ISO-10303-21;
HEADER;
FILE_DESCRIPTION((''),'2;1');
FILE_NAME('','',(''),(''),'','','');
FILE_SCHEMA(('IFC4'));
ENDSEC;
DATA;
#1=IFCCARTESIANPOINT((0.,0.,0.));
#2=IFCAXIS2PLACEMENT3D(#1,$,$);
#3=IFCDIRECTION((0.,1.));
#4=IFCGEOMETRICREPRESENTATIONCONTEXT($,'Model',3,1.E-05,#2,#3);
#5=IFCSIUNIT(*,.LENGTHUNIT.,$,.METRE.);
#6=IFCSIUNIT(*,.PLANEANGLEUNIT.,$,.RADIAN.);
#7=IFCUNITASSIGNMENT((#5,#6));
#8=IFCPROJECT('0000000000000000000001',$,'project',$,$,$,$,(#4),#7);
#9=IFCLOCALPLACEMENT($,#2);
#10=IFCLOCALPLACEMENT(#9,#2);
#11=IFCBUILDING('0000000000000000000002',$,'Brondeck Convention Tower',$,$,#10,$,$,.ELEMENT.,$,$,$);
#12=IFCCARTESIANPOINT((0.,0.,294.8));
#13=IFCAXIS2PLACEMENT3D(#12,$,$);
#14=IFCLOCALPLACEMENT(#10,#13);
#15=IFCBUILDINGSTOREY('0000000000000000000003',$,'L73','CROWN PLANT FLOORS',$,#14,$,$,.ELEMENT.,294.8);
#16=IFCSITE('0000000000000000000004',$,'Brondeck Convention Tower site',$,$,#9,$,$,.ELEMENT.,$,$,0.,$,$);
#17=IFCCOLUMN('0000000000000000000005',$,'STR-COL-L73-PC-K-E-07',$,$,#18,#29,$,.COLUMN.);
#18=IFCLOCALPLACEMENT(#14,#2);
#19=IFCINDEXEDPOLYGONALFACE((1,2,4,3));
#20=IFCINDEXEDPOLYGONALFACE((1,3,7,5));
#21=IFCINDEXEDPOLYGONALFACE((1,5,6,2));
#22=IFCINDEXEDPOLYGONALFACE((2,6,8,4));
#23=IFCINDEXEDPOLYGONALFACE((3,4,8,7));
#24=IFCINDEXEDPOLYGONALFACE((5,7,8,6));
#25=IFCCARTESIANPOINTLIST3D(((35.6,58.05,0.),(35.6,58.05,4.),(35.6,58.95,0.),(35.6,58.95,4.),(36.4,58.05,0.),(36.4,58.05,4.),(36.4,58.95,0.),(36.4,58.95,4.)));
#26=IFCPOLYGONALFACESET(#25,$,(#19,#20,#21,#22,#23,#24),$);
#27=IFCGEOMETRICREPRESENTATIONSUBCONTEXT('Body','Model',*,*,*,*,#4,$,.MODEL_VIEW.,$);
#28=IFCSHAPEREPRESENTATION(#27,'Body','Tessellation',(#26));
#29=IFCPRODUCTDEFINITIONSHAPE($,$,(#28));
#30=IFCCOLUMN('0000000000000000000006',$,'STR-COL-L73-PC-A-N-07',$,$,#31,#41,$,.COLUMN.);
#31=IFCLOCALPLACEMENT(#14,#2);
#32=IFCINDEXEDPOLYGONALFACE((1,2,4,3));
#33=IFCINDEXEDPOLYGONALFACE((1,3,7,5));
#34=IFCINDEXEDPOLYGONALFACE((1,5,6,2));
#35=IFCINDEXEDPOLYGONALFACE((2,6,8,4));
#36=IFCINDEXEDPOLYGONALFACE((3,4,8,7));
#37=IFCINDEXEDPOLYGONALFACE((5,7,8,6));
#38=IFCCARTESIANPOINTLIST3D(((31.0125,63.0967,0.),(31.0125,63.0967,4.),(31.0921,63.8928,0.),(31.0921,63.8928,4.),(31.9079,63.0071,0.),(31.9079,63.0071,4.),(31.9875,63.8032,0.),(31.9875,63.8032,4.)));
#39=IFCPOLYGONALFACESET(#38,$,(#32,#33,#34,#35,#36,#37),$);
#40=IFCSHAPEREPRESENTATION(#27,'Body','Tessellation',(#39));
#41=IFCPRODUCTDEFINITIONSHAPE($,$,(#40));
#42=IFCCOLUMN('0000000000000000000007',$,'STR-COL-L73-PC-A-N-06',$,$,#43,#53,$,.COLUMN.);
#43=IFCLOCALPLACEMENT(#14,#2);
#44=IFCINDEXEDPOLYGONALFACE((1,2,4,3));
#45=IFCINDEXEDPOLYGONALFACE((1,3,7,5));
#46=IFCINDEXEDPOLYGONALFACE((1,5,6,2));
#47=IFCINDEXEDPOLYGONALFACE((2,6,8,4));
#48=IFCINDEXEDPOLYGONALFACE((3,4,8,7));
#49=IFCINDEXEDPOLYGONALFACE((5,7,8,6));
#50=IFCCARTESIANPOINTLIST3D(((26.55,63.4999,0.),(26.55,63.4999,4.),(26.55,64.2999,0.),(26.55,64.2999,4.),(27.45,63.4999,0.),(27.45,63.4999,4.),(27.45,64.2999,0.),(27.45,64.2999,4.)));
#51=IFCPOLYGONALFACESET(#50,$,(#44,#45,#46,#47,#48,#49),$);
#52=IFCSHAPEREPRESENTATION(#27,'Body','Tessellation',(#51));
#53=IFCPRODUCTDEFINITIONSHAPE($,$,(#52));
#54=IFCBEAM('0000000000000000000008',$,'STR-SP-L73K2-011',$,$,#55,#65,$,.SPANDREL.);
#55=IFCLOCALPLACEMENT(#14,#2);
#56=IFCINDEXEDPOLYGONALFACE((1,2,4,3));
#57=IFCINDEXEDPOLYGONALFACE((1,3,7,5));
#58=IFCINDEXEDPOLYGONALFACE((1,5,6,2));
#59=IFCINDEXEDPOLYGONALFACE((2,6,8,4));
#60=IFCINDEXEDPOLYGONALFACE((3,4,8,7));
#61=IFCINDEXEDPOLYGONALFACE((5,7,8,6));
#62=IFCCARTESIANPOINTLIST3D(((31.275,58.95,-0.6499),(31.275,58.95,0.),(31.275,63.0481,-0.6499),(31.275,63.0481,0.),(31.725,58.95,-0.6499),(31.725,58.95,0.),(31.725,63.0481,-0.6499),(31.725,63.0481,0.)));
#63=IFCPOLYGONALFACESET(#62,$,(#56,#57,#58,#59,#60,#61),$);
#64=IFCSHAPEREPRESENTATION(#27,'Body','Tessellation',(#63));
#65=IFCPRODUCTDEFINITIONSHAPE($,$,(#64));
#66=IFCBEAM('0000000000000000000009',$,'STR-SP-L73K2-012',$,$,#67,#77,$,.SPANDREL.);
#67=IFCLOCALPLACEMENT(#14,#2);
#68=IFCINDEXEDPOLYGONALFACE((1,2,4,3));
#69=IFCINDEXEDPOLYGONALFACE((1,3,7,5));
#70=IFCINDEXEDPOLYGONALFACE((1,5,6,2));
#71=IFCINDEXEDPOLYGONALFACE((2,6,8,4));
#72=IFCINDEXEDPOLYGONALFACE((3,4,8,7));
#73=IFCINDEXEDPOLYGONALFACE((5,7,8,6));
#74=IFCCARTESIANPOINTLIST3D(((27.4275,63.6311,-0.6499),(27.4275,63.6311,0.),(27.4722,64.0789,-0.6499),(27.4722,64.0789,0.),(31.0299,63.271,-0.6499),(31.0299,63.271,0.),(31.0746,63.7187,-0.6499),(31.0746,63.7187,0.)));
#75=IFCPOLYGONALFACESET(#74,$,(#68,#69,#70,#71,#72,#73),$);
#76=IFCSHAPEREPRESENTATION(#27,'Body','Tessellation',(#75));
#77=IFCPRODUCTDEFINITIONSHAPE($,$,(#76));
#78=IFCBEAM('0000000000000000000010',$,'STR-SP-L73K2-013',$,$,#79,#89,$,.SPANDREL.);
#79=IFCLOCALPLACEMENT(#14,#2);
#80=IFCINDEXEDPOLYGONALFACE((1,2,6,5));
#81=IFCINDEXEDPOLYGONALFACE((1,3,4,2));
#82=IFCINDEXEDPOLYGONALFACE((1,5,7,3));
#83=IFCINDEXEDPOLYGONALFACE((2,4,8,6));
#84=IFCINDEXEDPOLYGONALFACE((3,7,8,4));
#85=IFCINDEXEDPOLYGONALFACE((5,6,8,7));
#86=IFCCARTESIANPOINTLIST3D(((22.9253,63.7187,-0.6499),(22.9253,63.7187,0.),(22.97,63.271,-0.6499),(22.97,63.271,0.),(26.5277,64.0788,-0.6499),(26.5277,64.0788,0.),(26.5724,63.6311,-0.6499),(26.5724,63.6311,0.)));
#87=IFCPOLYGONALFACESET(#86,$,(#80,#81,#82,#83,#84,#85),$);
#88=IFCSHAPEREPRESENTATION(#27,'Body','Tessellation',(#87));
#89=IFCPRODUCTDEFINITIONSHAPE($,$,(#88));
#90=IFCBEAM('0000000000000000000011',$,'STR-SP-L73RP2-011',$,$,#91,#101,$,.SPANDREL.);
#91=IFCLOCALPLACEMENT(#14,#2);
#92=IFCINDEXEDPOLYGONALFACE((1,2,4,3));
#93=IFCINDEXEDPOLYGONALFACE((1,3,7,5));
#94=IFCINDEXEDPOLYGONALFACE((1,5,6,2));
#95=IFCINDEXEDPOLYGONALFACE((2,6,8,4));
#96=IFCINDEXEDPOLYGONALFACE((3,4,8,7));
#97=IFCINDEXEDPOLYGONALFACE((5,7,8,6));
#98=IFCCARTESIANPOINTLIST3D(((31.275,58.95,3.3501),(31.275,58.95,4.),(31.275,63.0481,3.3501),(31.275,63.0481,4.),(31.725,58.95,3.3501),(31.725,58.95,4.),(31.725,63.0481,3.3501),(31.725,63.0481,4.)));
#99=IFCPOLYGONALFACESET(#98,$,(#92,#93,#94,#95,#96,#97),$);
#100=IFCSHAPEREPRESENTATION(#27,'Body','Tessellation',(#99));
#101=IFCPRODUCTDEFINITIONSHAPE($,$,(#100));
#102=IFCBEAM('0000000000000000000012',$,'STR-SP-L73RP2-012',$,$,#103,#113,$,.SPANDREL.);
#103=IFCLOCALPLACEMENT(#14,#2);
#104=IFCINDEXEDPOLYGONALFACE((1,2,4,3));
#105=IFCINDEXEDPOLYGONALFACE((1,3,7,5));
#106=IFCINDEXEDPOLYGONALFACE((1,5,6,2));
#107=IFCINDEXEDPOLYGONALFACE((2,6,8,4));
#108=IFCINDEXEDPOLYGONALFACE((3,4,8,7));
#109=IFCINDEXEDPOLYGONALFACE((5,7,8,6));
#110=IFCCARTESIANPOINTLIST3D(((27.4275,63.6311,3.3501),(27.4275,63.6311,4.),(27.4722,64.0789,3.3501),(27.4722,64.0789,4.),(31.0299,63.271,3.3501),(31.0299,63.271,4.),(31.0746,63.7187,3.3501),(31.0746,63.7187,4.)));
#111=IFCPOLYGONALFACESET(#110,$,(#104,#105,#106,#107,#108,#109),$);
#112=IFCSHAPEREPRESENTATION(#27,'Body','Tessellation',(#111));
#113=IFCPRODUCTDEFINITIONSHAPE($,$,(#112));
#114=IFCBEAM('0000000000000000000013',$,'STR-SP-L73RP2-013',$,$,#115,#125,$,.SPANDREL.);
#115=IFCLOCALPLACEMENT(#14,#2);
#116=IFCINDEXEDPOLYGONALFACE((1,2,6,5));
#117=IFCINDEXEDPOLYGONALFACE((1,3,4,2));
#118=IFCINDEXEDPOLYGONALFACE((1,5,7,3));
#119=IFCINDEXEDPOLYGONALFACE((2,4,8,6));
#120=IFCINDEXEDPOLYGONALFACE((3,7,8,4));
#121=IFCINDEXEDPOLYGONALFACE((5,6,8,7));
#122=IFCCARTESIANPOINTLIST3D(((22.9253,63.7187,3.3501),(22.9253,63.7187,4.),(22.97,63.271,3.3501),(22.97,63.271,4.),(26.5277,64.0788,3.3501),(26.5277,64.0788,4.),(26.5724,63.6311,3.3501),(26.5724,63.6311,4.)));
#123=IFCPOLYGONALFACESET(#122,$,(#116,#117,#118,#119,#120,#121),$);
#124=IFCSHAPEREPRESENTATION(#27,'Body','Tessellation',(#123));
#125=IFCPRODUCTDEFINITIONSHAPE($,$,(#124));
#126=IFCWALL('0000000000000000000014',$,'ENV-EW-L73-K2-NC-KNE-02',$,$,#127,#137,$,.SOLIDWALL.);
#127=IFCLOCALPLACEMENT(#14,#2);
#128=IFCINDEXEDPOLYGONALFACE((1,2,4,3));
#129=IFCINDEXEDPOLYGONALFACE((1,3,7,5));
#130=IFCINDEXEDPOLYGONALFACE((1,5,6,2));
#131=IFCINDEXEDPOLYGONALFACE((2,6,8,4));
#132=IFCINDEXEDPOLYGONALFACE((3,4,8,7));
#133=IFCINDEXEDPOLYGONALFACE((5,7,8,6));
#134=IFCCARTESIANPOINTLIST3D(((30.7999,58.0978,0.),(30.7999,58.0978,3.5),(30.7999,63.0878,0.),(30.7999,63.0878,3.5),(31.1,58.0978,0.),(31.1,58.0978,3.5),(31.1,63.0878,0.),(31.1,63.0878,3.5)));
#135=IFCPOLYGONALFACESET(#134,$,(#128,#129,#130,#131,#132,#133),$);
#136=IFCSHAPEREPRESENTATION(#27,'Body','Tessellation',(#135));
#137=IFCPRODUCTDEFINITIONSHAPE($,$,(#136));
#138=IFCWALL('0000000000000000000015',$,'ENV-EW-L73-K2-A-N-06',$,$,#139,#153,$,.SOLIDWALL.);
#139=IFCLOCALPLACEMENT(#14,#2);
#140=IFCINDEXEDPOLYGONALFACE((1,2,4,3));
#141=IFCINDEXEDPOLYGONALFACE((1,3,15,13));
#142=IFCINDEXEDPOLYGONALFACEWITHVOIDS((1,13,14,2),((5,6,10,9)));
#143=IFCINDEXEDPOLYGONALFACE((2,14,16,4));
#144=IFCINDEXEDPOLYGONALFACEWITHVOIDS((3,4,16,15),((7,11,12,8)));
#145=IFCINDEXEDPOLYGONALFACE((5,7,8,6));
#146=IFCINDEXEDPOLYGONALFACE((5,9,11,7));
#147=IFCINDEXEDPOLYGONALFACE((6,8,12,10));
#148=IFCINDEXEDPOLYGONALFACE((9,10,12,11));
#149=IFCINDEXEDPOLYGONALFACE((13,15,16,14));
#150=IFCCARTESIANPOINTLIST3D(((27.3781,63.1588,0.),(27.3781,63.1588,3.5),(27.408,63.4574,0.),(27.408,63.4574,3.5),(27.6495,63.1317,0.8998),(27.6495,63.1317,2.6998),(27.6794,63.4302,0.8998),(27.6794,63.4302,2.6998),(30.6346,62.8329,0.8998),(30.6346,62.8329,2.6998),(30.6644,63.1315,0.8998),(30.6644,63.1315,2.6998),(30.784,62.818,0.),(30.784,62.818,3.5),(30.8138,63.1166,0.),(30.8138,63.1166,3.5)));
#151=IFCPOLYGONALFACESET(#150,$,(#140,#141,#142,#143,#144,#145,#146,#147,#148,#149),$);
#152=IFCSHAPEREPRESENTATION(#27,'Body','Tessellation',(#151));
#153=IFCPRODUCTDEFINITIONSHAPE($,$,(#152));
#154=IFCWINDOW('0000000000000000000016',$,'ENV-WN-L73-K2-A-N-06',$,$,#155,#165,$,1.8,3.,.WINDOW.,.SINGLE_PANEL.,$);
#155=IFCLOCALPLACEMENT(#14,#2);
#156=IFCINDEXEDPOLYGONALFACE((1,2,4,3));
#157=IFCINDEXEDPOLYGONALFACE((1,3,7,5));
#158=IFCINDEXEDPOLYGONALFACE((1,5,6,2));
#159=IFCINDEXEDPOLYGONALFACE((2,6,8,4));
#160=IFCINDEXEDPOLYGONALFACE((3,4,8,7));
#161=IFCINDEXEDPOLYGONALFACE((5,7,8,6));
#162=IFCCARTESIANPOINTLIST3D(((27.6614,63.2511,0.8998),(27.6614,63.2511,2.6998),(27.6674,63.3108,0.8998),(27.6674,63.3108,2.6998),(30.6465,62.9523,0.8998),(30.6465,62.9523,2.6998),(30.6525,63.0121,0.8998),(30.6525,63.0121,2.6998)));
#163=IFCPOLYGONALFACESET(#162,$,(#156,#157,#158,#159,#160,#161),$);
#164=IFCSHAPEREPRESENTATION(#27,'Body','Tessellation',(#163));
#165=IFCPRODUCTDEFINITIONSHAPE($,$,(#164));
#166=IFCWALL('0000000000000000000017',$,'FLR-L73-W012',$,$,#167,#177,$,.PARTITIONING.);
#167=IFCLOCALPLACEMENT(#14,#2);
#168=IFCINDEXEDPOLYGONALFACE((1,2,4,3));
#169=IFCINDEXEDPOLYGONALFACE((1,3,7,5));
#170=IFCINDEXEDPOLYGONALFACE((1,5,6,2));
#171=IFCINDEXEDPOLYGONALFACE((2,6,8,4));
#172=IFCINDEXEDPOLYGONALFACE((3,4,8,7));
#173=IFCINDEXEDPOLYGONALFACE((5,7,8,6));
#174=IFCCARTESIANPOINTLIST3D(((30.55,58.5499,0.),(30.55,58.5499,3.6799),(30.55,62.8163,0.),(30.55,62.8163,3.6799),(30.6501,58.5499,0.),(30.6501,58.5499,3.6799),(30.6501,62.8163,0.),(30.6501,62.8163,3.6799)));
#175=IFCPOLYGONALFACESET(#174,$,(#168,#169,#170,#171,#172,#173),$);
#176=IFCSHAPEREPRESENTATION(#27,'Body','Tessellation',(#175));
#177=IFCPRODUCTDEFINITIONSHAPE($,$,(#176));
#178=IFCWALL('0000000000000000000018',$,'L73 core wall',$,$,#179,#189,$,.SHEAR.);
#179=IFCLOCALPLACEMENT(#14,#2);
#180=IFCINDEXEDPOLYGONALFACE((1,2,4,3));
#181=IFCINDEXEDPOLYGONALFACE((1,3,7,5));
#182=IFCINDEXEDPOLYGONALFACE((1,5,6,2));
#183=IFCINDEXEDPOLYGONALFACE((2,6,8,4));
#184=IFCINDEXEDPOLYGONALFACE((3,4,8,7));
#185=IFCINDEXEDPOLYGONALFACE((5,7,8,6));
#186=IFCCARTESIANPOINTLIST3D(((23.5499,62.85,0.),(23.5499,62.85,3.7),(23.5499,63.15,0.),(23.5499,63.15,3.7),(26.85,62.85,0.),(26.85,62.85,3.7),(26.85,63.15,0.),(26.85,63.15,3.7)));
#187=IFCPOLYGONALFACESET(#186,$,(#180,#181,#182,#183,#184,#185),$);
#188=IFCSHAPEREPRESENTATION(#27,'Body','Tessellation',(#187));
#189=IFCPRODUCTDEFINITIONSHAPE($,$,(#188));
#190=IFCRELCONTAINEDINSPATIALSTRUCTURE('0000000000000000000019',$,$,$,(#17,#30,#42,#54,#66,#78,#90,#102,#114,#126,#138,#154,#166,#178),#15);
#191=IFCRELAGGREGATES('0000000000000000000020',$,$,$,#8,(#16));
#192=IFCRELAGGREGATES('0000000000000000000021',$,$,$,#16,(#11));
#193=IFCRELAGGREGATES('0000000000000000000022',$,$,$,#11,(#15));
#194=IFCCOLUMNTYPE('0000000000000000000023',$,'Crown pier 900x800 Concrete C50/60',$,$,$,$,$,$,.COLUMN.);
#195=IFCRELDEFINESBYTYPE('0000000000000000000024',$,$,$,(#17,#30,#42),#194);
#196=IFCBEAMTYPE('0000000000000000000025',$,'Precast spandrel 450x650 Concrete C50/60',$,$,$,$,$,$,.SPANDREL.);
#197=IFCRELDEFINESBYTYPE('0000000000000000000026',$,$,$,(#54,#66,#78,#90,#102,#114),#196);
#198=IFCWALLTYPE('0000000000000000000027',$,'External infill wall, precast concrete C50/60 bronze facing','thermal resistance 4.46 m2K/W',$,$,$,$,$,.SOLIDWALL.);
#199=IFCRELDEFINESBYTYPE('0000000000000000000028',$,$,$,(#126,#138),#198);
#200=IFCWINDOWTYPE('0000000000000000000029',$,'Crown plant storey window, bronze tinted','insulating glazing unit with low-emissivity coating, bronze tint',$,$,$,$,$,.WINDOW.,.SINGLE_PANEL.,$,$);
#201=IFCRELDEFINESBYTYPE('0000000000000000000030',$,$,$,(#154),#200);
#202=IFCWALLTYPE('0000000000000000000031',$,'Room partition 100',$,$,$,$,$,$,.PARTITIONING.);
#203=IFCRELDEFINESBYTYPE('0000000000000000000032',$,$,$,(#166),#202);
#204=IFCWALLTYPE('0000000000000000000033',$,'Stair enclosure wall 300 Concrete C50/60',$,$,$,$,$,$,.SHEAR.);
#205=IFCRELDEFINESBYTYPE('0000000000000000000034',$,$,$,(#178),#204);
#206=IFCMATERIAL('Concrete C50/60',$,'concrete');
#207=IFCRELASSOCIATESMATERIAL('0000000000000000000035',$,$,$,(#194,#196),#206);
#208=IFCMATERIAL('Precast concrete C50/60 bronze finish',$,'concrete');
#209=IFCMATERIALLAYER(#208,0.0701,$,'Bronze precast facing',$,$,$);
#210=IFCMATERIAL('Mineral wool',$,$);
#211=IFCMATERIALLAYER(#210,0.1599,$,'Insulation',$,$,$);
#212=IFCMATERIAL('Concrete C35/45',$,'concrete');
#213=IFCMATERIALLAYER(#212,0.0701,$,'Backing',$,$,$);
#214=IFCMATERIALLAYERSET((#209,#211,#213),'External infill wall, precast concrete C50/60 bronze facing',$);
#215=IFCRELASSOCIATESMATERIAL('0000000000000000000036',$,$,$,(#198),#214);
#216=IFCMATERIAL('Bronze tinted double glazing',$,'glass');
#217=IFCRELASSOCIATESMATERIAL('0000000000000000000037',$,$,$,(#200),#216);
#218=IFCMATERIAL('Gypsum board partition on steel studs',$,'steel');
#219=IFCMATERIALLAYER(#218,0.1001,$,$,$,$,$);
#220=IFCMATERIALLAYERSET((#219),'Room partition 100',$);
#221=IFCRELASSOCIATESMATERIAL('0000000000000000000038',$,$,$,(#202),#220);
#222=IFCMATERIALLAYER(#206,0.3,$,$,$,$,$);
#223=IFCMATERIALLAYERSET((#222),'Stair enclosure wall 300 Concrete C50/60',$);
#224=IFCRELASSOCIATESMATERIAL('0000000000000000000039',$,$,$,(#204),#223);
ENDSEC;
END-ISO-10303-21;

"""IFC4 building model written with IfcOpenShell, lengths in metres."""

from ifc_helpers import new_model, si_unit, direction, frame, frame_2d, origin, origin_2d, place, context, subcontext, project, spatial, rectangle, extrude, material, layer, layer_set, material_profile, profile_set, type_object, element, fill, save


model = new_model("IFC4")

# Units and contexts
model_context = context("Model", 3, precision=1e-05, world=origin(), true_north=direction((0.0, 1.0)))
body_context = subcontext(model_context, "Body", "Model", "MODEL_VIEW")
ifc_project = project(units=[si_unit("LENGTHUNIT", "METRE"), si_unit("PLANEANGLEUNIT", "RADIAN")], contexts=[model_context])

# Site, building, storey
site_placement = place(None, origin())
site = spatial("IfcSite", under=ifc_project, at=site_placement, Name="Brondeck Convention Tower site", CompositionType="ELEMENT", RefElevation=0.0)
building_placement = place(site_placement, origin())
building = spatial("IfcBuilding", under=site, at=building_placement, Name="Brondeck Convention Tower", CompositionType="ELEMENT")
storey_placement = place(building_placement, frame((0.0, 0.0, 294.8)))
storey = spatial("IfcBuildingStorey", under=building, at=storey_placement, Name="L73", Description="CROWN PLANT FLOORS", CompositionType="ELEMENT", Elevation=294.8)

# Columns
ifc_material_1 = material(Name="Concrete C50/60", Category="concrete")
ifc_material_profile_1 = material_profile(ifc_material_1, rectangle(XDim=0.8999, YDim=0.8, at=origin_2d()), Name="Crown pier 900x800 Concrete C50/60")
ifc_profile_set_1 = profile_set([ifc_material_profile_1], Name="Concrete C50/60")
column_type = type_object("IfcColumnType", Name="Crown pier 900x800 Concrete C50/60", PredefinedType="COLUMN", material=ifc_profile_set_1)
for number, where, z_axis, x_axis, name in (
    (1, (36.0, 58.5, 0.0), (0.0, 0.0, 1.0), (0.0, 1.0, 0.0), "STR-COL-L73-PC-K-E-07"),
    (2, (31.5, 63.45, 0.0), (0.0, 0.0, 1.0), (-0.995037, 0.099504, 0.0), "STR-COL-L73-PC-A-N-07"),
    (3, (27.0, 63.8999, 0.0), (0.0, 0.0, 1.0), (-1.0, 0.0, 0.0), "STR-COL-L73-PC-A-N-06"),
):
    element("IfcColumn", number, at=place(storey_placement, frame(where, z_axis=z_axis, x_axis=x_axis)), inside=storey, type_object=column_type, Name=name, PredefinedType="COLUMN", context=body_context, shape_type="SweptSolid", body=[
        extrude(rectangle(XDim=0.8999, YDim=0.8, at=origin_2d()), origin(), (0.0, 0.0, 1.0), 4.0),
    ])

# Beams
ifc_material_profile_2 = material_profile(ifc_material_1, rectangle(XDim=0.45, YDim=0.6499, at=origin_2d()), Name="Precast spandrel 450x650 Concrete C50/60")
ifc_profile_set_2 = profile_set([ifc_material_profile_2], Name="Concrete C50/60")
beam_type = type_object("IfcBeamType", Name="Precast spandrel 450x650 Concrete C50/60", PredefinedType="SPANDREL", material=ifc_profile_set_2)
beam_1_placement = place(storey_placement, frame((31.5, 58.95, -0.325), z_axis=(0.0, 1.0, 0.0), x_axis=(-1.0, 0.0, 0.0)))
element("IfcBeam", 4, at=beam_1_placement, inside=storey, type_object=beam_type, Name="STR-SP-L73K2-011", PredefinedType="SPANDREL", context=body_context, shape_type="SweptSolid", body=[
    extrude(rectangle(XDim=0.45, YDim=0.6499, at=origin_2d()), origin(), (0.0, 0.0, 1.0), 4.0981),
])
for number, where, z_axis, x_axis, name in (
    (5, (31.0522, 63.4949, -0.325), (-0.995041, 0.09947, 0.0), (-0.09947, -0.995041, 0.0), "STR-SP-L73K2-012"),
    (6, (26.55, 63.855, -0.325), (-0.995041, -0.09947, 0.0), (0.09947, -0.995041, 0.0), "STR-SP-L73K2-013"),
):
    element("IfcBeam", number, at=place(storey_placement, frame(where, z_axis=z_axis, x_axis=x_axis)), inside=storey, type_object=beam_type, Name=name, PredefinedType="SPANDREL", context=body_context, shape_type="SweptSolid", body=[
        extrude(rectangle(XDim=0.45, YDim=0.6499, at=origin_2d()), origin(), (0.0, 0.0, 1.0), 3.6204),
    ])
beam_2_placement = place(storey_placement, frame((31.5, 58.95, 3.675), z_axis=(0.0, 1.0, 0.0), x_axis=(-1.0, 0.0, 0.0)))
element("IfcBeam", 7, at=beam_2_placement, inside=storey, type_object=beam_type, Name="STR-SP-L73RP2-011", PredefinedType="SPANDREL", context=body_context, shape_type="SweptSolid", body=[
    extrude(rectangle(XDim=0.45, YDim=0.6499, at=origin_2d()), origin(), (0.0, 0.0, 1.0), 4.0981),
])
for number, where, z_axis, x_axis, name in (
    (8, (31.0522, 63.4949, 3.675), (-0.995041, 0.09947, 0.0), (-0.09947, -0.995041, 0.0), "STR-SP-L73RP2-012"),
    (9, (26.55, 63.855, 3.675), (-0.995041, -0.09947, 0.0), (0.09947, -0.995041, 0.0), "STR-SP-L73RP2-013"),
):
    element("IfcBeam", number, at=place(storey_placement, frame(where, z_axis=z_axis, x_axis=x_axis)), inside=storey, type_object=beam_type, Name=name, PredefinedType="SPANDREL", context=body_context, shape_type="SweptSolid", body=[
        extrude(rectangle(XDim=0.45, YDim=0.6499, at=origin_2d()), origin(), (0.0, 0.0, 1.0), 3.6204),
    ])

# Wall
ifc_material_2 = material(Name="Precast concrete C50/60 bronze finish", Category="concrete")
ifc_layer_1 = layer(ifc_material_2, 0.0701, Name="Bronze precast facing")
ifc_material_3 = material(Name="Mineral wool")
ifc_layer_2 = layer(ifc_material_3, 0.1599, Name="Insulation")
ifc_material_4 = material(Name="Concrete C35/45", Category="concrete")
ifc_layer_3 = layer(ifc_material_4, 0.0701, Name="Backing")
ifc_layer_set_1 = layer_set([ifc_layer_1, ifc_layer_2, ifc_layer_3], Name="External infill wall, precast concrete C50/60 bronze facing")
wall_type_1 = type_object("IfcWallType", Name="External infill wall, precast concrete C50/60 bronze facing", Description="thermal resistance 4.46 m2K/W", PredefinedType="SOLIDWALL", material=ifc_layer_set_1)
wall_1_placement = place(storey_placement, frame((30.95, 63.0879, 0.0), z_axis=(0.0, 0.0, 1.0), x_axis=(0.0, -1.0, 0.0)))
element("IfcWall", 10, at=wall_1_placement, inside=storey, type_object=wall_type_1, Name="ENV-EW-L73-K2-NC-KNE-02", PredefinedType="SOLIDWALL", context=body_context, shape_type="SweptSolid", body=[
    extrude(rectangle(XDim=4.99, YDim=0.3, at=frame_2d((2.4951, 0.0))), origin(), (0.0, 0.0, 1.0), 3.5),
])

# Wall, opening, window
wall_2_placement = place(storey_placement, frame((27.3931, 63.3081, 0.0), z_axis=(0.0, 0.0, 1.0), x_axis=(0.99503, -0.099574, 0.0)))
wall_2 = element("IfcWall", 11, at=wall_2_placement, inside=storey, type_object=wall_type_1, Name="ENV-EW-L73-K2-A-N-06", PredefinedType="SOLIDWALL", context=body_context, shape_type="SweptSolid", body=[
    extrude(rectangle(XDim=3.4229, YDim=0.3, at=frame_2d((1.7114, 0.0))), origin(), (0.0, 0.0, 1.0), 3.5),
])
opening_placement = place(wall_2_placement, frame((0.2727, 0.0, 0.8999)))
opening = element("IfcOpeningElement", 12, at=opening_placement, cuts=wall_2, PredefinedType="OPENING", context=body_context, shape_type="SweptSolid", body=[
    extrude(rectangle(XDim=3.0, YDim=1.8, at=frame_2d((1.5, 0.8999))), frame((0.0, 0.1599, 0.0), z_axis=(0.0, -1.0, 0.0), x_axis=(1.0, 0.0, 0.0)), (0.0, 0.0, 1.0), 0.3201),
])
ifc_material_5 = material(Name="Bronze tinted double glazing", Category="glass")
window_type = type_object("IfcWindowType", Name="Crown plant storey window, bronze tinted", Description="insulating glazing unit with low-emissivity coating, bronze tint", PartitioningType="SINGLE_PANEL", PredefinedType="WINDOW", material=ifc_material_5)
window_placement = place(opening_placement, origin())
window = element("IfcWindow", 13, at=window_placement, inside=storey, type_object=window_type, Name="ENV-WN-L73-K2-A-N-06", OverallHeight=1.8, OverallWidth=3.0, PartitioningType="SINGLE_PANEL", PredefinedType="WINDOW", context=body_context, shape_type="SweptSolid", body=[
    extrude(rectangle(XDim=3.0, YDim=1.8, at=frame_2d((1.5, 0.8999))), frame((0.0, 0.03, 0.0), z_axis=(0.0, -1.0, 0.0), x_axis=(1.0, 0.0, 0.0)), (0.0, 0.0, 1.0), 0.0601),
])
fill(opening, window)

# Walls
ifc_material_6 = material(Name="Gypsum board partition on steel studs", Category="steel")
ifc_layer_4 = layer(ifc_material_6, 0.1001)
ifc_layer_set_2 = layer_set([ifc_layer_4], Name="Room partition 100")
wall_type_2 = type_object("IfcWallType", Name="Room partition 100", PredefinedType="PARTITIONING", material=ifc_layer_set_2)
wall_3_placement = place(storey_placement, frame((30.6001, 62.8164, 0.0), z_axis=(0.0, 0.0, 1.0), x_axis=(0.0, -1.0, 0.0)))
element("IfcWall", 14, at=wall_3_placement, inside=storey, type_object=wall_type_2, Name="FLR-L73-W012", PredefinedType="PARTITIONING", context=body_context, shape_type="SweptSolid", body=[
    extrude(rectangle(XDim=4.2664, YDim=0.1001, at=frame_2d((2.1333, 0.0))), origin(), (0.0, 0.0, 1.0), 3.6799),
])
ifc_layer_5 = layer(ifc_material_1, 0.3)
ifc_layer_set_3 = layer_set([ifc_layer_5], Name="Stair enclosure wall 300 Concrete C50/60")
wall_type_3 = type_object("IfcWallType", Name="Stair enclosure wall 300 Concrete C50/60", PredefinedType="SHEAR", material=ifc_layer_set_3)
wall_4_placement = place(storey_placement, frame((23.55, 63.0, 0.0), z_axis=(0.0, 0.0, 1.0), x_axis=(1.0, 0.0, 0.0)))
element("IfcWall", 15, at=wall_4_placement, inside=storey, type_object=wall_type_3, Name="L73 core wall", PredefinedType="SHEAR", context=body_context, shape_type="SweptSolid", body=[
    extrude(rectangle(XDim=3.3, YDim=0.3, at=frame_2d((1.6499, 0.0))), origin(), (0.0, 0.0, 1.0), 3.7),
])

save(model, "model.ifc")
